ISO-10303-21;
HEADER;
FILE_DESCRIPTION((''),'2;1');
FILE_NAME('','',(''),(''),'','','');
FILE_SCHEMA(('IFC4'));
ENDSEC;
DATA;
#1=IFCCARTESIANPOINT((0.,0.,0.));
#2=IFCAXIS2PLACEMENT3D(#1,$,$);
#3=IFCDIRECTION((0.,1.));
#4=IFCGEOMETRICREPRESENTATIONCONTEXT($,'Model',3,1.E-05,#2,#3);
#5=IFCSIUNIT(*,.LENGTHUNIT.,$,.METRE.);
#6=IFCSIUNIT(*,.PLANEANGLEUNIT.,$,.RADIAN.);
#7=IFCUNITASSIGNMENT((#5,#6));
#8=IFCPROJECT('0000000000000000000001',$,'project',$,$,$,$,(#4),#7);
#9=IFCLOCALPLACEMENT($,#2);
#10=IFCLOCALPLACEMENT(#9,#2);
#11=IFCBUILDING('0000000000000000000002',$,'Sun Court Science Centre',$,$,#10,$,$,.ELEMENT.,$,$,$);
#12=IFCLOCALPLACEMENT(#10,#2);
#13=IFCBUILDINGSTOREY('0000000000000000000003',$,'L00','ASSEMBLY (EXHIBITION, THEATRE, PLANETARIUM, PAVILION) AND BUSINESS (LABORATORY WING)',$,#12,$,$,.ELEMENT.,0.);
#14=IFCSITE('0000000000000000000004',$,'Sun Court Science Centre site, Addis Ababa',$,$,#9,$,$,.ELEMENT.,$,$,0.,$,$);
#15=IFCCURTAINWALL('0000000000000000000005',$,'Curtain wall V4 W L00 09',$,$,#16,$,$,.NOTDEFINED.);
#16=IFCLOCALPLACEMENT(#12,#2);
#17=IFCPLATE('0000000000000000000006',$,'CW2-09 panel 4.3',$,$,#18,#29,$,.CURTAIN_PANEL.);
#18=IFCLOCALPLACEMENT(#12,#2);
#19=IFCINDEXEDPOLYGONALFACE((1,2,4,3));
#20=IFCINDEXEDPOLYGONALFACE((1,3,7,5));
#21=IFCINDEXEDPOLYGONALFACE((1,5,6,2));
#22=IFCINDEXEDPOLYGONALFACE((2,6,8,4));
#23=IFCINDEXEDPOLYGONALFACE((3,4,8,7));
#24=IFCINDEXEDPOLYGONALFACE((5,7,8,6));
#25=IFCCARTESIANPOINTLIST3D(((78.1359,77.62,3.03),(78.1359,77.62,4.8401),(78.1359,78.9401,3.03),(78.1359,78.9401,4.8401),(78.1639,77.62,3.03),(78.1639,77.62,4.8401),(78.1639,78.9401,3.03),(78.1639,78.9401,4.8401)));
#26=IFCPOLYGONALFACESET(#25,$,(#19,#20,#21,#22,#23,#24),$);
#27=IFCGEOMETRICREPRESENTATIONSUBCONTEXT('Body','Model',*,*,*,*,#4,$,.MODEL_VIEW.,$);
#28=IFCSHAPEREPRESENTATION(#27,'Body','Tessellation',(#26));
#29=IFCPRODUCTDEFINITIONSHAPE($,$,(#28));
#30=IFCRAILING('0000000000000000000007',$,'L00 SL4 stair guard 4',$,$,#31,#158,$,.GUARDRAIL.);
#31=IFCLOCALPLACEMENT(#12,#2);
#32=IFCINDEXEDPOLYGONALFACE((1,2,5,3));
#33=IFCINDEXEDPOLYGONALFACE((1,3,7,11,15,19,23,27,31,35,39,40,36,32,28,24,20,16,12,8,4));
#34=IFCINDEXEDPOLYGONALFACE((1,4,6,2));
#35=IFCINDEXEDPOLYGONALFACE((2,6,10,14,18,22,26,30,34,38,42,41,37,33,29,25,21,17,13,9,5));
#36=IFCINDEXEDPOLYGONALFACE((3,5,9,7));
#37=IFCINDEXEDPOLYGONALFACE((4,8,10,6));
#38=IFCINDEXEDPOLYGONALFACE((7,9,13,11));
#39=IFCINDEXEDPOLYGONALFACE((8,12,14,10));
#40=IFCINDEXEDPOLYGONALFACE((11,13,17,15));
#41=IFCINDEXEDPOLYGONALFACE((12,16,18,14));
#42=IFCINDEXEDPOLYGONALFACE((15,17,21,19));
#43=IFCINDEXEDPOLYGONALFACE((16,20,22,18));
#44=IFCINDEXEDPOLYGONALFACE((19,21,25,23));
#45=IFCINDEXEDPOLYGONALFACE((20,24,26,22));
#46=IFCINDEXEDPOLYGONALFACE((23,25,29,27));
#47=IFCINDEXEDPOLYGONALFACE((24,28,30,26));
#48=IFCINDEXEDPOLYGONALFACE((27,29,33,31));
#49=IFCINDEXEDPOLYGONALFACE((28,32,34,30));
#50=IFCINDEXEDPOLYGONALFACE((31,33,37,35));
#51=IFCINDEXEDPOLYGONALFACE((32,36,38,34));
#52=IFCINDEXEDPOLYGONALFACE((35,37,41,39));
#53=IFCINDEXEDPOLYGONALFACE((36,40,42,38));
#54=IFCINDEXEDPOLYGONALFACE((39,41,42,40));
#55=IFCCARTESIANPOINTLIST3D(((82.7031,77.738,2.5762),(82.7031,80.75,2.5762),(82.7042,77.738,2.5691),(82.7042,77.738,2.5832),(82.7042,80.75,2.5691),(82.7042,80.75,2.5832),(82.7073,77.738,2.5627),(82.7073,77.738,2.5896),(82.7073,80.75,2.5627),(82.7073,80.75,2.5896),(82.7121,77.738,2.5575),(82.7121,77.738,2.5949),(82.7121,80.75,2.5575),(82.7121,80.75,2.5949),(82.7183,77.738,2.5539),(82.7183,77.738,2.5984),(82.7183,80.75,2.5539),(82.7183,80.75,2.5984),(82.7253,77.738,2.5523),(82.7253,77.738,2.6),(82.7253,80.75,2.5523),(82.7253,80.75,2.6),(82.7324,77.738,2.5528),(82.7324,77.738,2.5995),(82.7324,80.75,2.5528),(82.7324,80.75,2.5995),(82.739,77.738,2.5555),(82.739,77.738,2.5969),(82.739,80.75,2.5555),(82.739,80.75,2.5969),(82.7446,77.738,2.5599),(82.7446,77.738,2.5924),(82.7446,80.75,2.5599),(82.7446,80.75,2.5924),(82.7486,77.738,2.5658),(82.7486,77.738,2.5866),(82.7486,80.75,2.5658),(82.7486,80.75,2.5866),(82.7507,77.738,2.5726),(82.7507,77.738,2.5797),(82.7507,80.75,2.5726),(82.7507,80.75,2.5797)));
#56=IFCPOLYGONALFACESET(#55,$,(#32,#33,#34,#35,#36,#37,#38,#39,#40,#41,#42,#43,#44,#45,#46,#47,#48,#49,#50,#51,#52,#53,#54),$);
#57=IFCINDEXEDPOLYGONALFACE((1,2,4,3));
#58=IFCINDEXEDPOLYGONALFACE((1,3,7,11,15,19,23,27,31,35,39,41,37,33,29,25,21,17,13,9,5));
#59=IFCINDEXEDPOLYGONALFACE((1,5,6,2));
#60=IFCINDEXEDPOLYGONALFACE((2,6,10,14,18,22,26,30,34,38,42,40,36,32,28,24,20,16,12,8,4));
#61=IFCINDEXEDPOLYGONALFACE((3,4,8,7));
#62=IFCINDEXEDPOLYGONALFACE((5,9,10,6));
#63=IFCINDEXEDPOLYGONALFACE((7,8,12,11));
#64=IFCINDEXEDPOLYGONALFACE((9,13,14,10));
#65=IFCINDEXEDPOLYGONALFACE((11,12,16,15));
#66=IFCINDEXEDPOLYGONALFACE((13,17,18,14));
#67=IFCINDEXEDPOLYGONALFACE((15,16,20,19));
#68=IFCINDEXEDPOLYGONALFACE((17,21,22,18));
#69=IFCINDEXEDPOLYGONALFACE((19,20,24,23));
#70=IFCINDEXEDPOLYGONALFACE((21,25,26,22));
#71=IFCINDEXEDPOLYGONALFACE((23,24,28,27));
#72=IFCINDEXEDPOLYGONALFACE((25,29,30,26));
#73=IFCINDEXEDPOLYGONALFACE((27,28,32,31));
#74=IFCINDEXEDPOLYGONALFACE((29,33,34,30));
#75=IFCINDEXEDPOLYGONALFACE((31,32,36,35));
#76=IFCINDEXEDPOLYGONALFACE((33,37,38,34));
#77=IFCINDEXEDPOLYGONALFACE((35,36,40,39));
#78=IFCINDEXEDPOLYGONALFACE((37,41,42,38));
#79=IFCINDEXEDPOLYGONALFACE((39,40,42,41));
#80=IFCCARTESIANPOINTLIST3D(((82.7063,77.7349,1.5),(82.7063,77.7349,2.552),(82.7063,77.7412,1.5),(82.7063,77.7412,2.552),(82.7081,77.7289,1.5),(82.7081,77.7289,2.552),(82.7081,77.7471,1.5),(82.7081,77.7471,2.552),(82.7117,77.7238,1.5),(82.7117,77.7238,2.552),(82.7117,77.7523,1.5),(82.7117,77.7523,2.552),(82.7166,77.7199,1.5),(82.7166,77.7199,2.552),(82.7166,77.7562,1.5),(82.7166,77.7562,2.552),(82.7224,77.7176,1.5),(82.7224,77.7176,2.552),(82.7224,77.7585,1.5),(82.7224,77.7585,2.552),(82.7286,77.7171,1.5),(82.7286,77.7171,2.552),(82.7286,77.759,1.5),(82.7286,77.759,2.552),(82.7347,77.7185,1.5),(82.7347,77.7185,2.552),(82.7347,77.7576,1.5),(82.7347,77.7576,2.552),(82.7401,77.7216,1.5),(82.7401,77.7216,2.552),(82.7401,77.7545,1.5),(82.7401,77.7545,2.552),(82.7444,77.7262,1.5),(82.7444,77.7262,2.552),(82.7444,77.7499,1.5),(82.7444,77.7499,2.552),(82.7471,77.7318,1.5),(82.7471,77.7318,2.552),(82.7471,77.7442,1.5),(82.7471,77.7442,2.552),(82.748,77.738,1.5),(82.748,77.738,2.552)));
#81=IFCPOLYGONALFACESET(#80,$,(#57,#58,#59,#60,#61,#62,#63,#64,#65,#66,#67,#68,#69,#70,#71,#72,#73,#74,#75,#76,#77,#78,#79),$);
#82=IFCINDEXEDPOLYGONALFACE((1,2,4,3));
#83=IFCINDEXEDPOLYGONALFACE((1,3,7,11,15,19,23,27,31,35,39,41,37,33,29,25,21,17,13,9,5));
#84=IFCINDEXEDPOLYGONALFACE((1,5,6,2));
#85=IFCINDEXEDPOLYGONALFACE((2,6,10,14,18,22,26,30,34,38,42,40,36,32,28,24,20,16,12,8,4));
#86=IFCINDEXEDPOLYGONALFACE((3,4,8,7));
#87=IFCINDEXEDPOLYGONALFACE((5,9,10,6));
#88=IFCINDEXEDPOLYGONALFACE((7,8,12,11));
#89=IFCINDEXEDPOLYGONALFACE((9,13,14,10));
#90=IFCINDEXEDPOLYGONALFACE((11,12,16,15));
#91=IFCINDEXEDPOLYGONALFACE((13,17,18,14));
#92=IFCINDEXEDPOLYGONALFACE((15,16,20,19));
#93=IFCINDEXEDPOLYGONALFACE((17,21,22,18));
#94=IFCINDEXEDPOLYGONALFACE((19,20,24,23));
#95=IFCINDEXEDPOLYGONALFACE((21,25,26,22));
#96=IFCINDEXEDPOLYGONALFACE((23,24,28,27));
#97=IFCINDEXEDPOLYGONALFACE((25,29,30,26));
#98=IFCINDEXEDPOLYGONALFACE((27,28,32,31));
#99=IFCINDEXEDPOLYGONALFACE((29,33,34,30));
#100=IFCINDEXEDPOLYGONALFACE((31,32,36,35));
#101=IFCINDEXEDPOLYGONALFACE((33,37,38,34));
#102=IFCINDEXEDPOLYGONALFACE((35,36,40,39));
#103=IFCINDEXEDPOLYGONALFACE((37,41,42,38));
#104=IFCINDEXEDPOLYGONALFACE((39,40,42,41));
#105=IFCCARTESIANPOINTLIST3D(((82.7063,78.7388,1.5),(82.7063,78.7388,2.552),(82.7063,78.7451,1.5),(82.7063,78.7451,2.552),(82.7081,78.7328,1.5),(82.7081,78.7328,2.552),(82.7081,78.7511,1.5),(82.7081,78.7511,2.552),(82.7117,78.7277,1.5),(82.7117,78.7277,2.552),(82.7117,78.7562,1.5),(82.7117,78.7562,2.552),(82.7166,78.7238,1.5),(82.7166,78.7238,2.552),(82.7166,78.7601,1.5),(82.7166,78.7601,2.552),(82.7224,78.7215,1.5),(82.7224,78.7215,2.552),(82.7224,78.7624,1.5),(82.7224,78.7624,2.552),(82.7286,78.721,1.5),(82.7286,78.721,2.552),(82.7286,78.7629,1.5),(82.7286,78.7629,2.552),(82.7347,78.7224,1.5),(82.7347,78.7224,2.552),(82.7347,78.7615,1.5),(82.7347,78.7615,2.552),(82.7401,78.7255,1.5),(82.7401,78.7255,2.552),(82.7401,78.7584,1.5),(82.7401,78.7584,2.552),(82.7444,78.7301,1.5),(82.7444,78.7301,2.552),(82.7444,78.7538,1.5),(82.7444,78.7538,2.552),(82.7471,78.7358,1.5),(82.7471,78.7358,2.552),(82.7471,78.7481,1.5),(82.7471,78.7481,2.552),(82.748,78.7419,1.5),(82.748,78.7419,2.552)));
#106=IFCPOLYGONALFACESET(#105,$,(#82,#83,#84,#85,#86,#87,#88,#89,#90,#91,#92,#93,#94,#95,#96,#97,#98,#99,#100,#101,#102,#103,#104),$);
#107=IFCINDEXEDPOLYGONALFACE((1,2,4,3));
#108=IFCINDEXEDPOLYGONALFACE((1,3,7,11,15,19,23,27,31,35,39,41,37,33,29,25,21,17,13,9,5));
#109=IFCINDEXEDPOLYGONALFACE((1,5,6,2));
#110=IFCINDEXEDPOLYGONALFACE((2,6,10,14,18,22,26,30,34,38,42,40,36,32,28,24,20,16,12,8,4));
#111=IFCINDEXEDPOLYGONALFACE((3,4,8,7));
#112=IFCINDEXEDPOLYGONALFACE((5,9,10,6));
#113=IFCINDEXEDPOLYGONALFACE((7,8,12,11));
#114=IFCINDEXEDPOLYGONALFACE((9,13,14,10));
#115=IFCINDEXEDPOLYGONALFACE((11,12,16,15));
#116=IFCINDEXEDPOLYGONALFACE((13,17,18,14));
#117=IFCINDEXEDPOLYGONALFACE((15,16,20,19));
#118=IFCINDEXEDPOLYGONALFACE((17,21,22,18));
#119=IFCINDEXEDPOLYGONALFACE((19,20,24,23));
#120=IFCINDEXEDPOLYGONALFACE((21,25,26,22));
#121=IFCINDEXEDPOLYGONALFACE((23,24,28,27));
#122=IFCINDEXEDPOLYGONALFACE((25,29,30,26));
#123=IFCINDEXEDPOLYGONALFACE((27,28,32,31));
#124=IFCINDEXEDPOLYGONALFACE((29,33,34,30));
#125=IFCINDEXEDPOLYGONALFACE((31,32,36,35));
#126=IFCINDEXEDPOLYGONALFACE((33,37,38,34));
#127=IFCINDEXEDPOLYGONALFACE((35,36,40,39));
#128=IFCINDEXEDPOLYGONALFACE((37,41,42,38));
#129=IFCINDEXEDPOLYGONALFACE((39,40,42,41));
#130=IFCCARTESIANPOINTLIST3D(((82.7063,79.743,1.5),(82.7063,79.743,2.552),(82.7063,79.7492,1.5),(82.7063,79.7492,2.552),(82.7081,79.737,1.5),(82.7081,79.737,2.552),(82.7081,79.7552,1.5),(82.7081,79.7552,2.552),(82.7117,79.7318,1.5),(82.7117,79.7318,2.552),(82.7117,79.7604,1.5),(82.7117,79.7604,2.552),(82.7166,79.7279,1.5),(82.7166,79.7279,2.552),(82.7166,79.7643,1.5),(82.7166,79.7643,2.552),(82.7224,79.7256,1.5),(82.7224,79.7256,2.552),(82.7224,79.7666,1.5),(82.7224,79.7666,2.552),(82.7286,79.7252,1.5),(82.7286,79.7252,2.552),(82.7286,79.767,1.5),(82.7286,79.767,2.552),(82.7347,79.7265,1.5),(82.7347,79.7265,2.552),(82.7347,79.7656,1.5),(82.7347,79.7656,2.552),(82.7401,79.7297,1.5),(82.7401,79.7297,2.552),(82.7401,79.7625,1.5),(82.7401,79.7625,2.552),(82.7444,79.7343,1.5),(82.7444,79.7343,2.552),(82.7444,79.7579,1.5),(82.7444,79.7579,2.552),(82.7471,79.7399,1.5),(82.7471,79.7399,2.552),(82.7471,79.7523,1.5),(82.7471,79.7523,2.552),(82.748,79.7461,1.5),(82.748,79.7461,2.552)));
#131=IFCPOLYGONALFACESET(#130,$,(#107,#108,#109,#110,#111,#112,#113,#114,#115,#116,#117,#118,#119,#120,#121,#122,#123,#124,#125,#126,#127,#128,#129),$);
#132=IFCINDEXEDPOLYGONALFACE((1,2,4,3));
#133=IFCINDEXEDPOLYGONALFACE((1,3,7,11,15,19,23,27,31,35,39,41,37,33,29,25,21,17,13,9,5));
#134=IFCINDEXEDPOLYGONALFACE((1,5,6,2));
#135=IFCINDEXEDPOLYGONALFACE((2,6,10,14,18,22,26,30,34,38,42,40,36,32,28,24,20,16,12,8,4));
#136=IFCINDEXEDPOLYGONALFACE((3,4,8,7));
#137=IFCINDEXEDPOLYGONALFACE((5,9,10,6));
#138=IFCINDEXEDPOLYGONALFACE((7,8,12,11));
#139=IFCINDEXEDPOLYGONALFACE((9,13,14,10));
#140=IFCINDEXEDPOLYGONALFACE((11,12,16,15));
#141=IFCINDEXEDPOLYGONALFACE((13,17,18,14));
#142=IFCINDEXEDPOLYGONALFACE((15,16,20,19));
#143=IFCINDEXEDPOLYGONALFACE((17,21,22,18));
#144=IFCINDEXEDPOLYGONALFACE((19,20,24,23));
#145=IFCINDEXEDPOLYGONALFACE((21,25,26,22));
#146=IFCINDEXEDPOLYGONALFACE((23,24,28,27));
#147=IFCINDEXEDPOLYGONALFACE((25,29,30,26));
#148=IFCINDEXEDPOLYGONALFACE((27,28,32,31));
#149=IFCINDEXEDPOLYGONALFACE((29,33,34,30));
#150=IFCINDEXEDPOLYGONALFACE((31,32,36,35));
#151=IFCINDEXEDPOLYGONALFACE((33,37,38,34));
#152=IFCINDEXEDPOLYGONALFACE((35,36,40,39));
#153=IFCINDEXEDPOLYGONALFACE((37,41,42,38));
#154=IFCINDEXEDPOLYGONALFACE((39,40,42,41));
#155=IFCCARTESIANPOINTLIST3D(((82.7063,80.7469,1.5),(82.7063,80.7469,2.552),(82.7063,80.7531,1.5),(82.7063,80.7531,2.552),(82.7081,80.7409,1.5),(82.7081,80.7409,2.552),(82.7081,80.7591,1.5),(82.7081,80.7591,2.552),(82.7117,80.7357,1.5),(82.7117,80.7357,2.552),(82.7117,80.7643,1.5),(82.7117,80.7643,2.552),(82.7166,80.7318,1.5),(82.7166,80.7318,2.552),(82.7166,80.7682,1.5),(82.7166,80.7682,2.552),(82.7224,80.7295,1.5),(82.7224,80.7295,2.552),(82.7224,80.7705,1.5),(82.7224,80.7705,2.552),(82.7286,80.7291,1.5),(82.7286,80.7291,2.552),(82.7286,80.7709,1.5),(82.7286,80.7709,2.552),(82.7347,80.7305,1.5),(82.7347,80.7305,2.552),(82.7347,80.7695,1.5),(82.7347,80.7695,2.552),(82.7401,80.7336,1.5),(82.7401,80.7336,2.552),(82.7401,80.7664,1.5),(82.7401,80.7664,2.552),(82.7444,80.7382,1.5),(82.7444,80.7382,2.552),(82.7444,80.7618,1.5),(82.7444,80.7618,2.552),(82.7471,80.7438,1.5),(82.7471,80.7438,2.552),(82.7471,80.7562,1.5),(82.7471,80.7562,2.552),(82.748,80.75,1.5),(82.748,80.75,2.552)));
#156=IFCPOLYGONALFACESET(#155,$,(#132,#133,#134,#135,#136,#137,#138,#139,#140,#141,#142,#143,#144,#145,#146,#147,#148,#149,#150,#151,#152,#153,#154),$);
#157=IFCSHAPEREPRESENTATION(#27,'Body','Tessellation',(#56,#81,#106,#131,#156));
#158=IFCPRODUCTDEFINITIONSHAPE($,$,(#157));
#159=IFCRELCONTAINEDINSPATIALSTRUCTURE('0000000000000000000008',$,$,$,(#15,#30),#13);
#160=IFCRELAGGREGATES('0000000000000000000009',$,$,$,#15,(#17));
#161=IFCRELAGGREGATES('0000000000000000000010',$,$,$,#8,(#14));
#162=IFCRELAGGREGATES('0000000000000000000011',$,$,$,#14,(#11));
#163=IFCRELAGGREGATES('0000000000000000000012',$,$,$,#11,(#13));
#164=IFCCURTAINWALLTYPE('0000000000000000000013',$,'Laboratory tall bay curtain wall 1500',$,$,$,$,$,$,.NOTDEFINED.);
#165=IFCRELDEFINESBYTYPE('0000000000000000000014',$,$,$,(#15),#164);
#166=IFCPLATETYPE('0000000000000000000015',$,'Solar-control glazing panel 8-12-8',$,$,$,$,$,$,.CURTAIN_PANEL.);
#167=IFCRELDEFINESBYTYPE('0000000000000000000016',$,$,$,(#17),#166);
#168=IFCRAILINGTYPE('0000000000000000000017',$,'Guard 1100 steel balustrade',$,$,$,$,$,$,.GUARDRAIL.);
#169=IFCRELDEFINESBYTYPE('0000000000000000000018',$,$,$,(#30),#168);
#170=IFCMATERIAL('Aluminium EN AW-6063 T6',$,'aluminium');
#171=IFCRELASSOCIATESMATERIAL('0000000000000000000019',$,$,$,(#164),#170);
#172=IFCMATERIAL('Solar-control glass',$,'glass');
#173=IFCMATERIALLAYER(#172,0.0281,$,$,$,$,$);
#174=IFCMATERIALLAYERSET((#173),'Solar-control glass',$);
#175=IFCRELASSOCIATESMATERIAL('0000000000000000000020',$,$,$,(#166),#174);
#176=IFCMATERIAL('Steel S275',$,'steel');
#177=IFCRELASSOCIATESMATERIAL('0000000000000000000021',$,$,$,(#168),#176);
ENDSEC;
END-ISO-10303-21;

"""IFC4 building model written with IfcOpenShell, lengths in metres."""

from ifc_helpers import new_model, si_unit, direction, frame, origin, origin_2d, place, context, subcontext, project, spatial, rectangle, circle, extrude, material, layer, layer_set, type_object, element, aggregate, save


model = new_model("IFC4")

# Units and contexts
model_context = context("Model", 3, precision=1e-05, world=origin(), true_north=direction((0.0, 1.0)))
body_context = subcontext(model_context, "Body", "Model", "MODEL_VIEW")
ifc_project = project(units=[si_unit("LENGTHUNIT", "METRE"), si_unit("PLANEANGLEUNIT", "RADIAN")], contexts=[model_context])

# Site, building, storey
site_placement = place(None, origin())
site = spatial("IfcSite", under=ifc_project, at=site_placement, Name="Sun Court Science Centre site, Addis Ababa", CompositionType="ELEMENT", RefElevation=0.0)
building_placement = place(site_placement, origin())
building = spatial("IfcBuilding", under=site, at=building_placement, Name="Sun Court Science Centre", CompositionType="ELEMENT")
storey_placement = place(building_placement, origin())
storey = spatial("IfcBuildingStorey", under=building, at=storey_placement, Name="L00", Description="ASSEMBLY (EXHIBITION, THEATRE, PLANETARIUM, PAVILION) AND BUSINESS (LABORATORY WING)", CompositionType="ELEMENT", Elevation=0.0)

# Curtain wall
ifc_material_1 = material(Name="Aluminium EN AW-6063 T6", Category="aluminium")
curtain_wall_type = type_object("IfcCurtainWallType", Name="Laboratory tall bay curtain wall 1500", PredefinedType="NOTDEFINED", material=ifc_material_1)
curtain_wall_placement = place(storey_placement, origin())
curtain_wall = element("IfcCurtainWall", 1, at=curtain_wall_placement, inside=storey, type_object=curtain_wall_type, Name="Curtain wall V4 W L00 09", PredefinedType="NOTDEFINED")

# Plate
ifc_material_2 = material(Name="Solar-control glass", Category="glass")
ifc_layer = layer(ifc_material_2, 0.0281)
ifc_layer_set = layer_set([ifc_layer], Name="Solar-control glass")
plate_type = type_object("IfcPlateType", Name="Solar-control glazing panel 8-12-8", PredefinedType="CURTAIN_PANEL", material=ifc_layer_set)
plate_1_placement = place(storey_placement, frame((78.1499, 78.28, 3.03), z_axis=(0.0, 0.0, 1.0), x_axis=(0.0, 1.0, 0.0)))
plate_1 = element("IfcPlate", 2, at=plate_1_placement, type_object=plate_type, Name="CW2-09 panel 4.3", PredefinedType="CURTAIN_PANEL", context=body_context, shape_type="SweptSolid", body=[
    extrude(rectangle(XDim=1.3201, YDim=0.0281, at=origin_2d()), origin(), (0.0, 0.0, 1.0), 1.8101),
])
aggregate(curtain_wall, [plate_1])

# Railing
ifc_material_3 = material(Name="Steel S275", Category="steel")
railing_type_1 = type_object("IfcRailingType", Name="Guard 1100 steel balustrade", PredefinedType="GUARDRAIL", material=ifc_material_3)
railing_1_placement = place(storey_placement, frame((82.7271, 77.738, 1.5)))
element("IfcRailing", 3, at=railing_1_placement, inside=storey, type_object=railing_type_1, Name="L00 SL4 stair guard 4", PredefinedType="GUARDRAIL", context=body_context, shape_type="SweptSolid", body=[
    extrude(circle(Radius=0.0239, at=origin_2d()), frame((0.0, 0.0, 1.0762), z_axis=(0.0, 1.0, 0.0), x_axis=(-1.0, 0.0, 0.0)), (0.0, 0.0, 1.0), 3.012),
    extrude(circle(Radius=0.021, at=origin_2d()), origin(), (0.0, 0.0, 1.0), 1.052),
    extrude(circle(Radius=0.021, at=origin_2d()), frame((0.0, 1.0039, 0.0)), (0.0, 0.0, 1.0), 1.052),
    extrude(circle(Radius=0.021, at=origin_2d()), frame((0.0, 2.0081, 0.0)), (0.0, 0.0, 1.0), 1.052),
    extrude(circle(Radius=0.021, at=origin_2d()), frame((0.0, 3.012, 0.0)), (0.0, 0.0, 1.0), 1.052),
])

save(model, "model.ifc")
